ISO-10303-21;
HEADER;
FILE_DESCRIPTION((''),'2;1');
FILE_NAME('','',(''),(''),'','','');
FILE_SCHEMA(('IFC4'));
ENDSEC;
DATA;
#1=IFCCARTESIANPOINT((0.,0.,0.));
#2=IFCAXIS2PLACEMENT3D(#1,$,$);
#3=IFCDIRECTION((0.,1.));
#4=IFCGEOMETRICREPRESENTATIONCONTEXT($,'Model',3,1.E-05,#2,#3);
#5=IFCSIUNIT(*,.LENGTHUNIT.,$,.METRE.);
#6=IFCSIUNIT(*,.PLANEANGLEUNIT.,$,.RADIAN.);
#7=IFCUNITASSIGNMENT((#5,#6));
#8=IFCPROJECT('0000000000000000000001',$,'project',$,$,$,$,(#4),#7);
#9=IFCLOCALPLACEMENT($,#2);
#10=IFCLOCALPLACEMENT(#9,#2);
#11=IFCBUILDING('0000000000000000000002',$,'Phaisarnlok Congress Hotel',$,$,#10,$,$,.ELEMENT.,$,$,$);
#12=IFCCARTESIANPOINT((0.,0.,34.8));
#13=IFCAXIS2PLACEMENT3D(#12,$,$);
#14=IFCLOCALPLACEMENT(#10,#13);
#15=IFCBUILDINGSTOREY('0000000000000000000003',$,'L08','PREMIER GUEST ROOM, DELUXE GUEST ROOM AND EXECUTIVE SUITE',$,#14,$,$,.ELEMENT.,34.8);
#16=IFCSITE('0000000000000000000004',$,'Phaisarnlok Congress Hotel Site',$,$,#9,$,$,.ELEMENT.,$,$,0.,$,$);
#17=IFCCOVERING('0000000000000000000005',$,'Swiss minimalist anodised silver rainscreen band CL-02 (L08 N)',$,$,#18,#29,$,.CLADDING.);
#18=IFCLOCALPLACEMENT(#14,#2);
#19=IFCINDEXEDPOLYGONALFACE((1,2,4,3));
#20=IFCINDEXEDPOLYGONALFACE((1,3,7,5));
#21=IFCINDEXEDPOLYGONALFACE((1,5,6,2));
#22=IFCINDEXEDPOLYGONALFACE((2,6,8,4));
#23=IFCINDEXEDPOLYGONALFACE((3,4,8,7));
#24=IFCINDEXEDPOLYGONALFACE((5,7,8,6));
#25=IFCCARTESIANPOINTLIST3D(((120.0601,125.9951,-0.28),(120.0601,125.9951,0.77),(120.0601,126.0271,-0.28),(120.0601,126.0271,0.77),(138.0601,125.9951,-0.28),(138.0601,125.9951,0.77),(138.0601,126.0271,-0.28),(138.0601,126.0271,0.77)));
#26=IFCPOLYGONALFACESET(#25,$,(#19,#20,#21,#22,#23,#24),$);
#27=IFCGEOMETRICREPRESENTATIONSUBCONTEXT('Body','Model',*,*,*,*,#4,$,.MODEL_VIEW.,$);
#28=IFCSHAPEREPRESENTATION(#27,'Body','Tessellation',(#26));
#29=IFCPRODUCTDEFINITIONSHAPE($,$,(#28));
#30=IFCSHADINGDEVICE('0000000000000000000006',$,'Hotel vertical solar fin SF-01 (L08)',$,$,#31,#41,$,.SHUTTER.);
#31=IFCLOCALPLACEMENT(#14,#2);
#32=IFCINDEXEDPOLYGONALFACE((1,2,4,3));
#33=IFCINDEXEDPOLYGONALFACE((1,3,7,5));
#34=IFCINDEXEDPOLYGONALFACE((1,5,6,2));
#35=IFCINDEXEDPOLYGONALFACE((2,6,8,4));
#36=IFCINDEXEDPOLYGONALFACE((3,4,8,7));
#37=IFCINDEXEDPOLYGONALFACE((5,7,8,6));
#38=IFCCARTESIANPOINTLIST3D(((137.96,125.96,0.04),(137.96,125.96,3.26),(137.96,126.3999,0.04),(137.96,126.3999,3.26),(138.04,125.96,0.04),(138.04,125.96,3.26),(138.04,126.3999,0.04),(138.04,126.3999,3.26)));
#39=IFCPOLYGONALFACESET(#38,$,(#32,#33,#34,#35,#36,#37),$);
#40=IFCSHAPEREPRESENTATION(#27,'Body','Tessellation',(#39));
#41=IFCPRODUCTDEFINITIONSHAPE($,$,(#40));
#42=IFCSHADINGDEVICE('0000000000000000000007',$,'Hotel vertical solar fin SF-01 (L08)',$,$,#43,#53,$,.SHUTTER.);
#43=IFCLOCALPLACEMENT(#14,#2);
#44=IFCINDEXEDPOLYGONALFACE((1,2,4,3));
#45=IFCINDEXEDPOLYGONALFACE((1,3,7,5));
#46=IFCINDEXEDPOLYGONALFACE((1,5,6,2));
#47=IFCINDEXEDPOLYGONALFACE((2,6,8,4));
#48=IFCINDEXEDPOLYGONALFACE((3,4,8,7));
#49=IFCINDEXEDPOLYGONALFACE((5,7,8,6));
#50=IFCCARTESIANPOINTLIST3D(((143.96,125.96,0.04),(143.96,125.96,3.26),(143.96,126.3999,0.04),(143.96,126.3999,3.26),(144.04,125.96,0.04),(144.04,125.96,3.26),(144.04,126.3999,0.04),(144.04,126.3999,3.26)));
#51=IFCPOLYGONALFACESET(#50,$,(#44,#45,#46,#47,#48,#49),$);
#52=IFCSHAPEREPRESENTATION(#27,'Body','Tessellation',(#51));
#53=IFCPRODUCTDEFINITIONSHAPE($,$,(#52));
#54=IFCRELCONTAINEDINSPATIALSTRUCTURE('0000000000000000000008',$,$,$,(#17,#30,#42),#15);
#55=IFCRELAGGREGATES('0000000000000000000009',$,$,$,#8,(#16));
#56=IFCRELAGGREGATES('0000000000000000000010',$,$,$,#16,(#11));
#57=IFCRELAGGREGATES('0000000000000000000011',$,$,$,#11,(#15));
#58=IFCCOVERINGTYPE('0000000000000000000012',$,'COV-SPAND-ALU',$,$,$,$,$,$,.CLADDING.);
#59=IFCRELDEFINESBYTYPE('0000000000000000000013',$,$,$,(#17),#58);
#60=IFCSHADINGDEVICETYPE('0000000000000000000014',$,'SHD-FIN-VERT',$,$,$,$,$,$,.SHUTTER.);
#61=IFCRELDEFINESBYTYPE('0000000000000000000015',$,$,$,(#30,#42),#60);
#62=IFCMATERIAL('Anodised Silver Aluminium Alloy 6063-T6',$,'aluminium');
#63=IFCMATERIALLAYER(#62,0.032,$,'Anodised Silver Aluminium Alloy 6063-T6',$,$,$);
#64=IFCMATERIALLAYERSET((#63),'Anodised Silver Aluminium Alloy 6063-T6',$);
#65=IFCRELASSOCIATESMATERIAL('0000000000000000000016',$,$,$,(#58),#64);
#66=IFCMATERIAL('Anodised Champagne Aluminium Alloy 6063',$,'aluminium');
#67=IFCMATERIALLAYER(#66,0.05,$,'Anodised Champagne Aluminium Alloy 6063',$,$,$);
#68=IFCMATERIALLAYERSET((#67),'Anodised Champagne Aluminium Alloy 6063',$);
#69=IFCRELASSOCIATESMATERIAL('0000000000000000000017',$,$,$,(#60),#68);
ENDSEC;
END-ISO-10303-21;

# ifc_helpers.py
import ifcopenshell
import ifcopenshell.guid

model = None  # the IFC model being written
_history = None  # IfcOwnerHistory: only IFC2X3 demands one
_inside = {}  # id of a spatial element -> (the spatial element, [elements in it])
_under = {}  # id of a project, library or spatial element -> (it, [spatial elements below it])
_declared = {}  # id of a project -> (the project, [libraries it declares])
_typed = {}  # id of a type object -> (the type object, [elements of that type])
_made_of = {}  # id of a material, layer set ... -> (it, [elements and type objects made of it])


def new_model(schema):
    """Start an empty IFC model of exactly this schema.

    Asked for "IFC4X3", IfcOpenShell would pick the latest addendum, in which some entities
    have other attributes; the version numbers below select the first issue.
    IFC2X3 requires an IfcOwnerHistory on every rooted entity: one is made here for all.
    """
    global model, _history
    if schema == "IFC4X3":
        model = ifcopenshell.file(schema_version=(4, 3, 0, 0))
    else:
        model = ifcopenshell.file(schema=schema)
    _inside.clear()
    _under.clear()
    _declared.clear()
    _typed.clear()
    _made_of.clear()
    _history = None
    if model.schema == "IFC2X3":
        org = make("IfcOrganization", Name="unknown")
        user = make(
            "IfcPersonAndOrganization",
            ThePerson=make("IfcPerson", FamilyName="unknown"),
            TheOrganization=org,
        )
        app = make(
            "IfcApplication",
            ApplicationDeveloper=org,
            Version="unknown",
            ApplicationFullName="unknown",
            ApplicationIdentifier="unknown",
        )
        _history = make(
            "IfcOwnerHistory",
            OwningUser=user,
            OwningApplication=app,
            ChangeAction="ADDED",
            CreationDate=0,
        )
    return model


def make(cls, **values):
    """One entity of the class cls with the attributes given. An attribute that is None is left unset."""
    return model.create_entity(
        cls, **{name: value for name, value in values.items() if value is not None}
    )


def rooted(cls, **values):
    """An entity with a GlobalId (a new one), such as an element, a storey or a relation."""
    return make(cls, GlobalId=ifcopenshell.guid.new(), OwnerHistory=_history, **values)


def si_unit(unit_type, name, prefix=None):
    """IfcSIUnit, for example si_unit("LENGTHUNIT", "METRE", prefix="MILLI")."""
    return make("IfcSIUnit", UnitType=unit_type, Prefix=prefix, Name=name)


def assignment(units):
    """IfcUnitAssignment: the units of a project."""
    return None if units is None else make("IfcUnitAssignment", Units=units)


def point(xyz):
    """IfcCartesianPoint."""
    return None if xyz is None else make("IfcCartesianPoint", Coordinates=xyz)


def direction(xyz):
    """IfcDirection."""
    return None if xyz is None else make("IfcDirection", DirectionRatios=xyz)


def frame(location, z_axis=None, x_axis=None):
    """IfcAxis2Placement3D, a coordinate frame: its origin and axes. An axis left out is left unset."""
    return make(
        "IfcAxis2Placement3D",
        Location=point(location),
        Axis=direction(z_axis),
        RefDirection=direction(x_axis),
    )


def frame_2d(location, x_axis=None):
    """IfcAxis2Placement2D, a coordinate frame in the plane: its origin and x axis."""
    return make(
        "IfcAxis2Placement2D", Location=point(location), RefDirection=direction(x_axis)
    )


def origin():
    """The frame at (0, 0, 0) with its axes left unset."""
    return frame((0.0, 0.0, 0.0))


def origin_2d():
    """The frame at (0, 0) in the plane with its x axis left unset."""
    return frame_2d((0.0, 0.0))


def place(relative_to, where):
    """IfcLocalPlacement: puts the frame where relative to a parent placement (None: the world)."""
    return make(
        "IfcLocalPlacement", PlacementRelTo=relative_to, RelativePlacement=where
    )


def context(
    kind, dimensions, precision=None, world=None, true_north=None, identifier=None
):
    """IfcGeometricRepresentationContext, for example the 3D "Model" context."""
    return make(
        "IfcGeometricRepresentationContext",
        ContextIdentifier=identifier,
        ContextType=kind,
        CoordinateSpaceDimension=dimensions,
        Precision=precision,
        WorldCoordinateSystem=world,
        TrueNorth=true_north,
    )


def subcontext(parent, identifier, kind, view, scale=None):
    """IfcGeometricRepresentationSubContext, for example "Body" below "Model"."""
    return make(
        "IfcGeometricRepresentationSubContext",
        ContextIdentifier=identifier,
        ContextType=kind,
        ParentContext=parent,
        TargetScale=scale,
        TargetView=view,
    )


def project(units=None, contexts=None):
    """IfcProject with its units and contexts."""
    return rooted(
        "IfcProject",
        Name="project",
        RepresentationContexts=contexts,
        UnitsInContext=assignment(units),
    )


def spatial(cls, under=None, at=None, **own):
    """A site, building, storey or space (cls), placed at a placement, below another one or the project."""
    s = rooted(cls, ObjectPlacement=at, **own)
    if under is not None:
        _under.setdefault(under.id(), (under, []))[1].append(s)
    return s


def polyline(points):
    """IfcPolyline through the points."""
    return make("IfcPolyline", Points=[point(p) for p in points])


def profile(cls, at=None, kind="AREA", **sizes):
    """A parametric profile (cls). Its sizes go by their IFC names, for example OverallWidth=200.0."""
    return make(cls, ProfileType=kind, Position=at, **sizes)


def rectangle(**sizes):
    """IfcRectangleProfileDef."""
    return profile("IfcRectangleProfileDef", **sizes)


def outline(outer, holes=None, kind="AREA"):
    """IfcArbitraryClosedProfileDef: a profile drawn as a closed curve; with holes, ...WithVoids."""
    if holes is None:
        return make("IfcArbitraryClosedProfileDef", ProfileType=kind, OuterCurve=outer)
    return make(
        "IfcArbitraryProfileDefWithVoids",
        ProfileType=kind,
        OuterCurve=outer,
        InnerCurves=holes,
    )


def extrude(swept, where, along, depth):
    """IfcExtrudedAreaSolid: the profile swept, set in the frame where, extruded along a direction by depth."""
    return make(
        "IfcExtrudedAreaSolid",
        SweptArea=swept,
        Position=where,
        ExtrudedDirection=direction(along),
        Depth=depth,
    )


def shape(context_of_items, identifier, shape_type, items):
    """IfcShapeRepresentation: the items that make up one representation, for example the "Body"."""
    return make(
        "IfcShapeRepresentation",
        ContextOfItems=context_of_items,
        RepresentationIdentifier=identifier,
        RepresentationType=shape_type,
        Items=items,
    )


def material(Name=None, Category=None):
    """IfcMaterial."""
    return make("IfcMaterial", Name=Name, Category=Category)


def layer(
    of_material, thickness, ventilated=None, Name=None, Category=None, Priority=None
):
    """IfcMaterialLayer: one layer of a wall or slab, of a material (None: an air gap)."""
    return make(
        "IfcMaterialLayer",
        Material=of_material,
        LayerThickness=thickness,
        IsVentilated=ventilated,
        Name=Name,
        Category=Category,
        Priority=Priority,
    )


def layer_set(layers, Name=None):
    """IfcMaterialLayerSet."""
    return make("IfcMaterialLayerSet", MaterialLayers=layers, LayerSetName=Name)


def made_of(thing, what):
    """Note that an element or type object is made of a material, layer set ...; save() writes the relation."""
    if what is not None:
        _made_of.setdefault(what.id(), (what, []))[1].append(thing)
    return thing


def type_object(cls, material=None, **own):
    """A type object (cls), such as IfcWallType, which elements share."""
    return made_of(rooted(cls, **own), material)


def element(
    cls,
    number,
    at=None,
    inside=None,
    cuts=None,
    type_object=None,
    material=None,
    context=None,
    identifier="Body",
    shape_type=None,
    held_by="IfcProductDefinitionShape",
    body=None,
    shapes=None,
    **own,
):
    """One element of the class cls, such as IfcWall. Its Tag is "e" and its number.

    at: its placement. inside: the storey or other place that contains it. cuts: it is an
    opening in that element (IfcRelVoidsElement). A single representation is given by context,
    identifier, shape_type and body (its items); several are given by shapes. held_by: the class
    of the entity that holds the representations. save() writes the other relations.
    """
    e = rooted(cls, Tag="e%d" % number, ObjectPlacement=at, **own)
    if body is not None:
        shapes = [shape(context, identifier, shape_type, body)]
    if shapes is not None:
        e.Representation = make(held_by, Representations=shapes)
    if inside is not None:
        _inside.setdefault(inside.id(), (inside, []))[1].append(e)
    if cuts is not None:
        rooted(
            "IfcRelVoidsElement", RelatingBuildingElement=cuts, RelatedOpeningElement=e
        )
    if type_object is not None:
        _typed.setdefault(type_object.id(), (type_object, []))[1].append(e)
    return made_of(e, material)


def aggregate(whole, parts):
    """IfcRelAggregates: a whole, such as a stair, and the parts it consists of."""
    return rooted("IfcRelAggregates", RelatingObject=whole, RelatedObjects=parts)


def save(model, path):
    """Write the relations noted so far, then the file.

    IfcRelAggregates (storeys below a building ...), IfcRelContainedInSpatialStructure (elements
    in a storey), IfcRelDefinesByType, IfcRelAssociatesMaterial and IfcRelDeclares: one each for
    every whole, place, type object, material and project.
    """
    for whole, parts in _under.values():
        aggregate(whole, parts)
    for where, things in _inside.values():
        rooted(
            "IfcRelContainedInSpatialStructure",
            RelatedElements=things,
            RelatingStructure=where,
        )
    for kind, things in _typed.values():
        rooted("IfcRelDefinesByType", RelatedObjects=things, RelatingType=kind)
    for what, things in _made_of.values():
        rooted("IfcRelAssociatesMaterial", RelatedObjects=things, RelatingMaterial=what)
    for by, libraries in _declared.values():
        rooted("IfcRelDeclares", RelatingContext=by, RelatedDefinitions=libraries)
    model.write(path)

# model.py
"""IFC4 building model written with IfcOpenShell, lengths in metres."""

from ifc_helpers import new_model, si_unit, direction, frame, origin, origin_2d, place, context, subcontext, project, spatial, polyline, rectangle, outline, extrude, material, layer, layer_set, type_object, element, save


model = new_model("IFC4")

# Units and contexts
model_context = context("Model", 3, precision=1e-05, world=origin(), true_north=direction((0.0, 1.0)))
body_context = subcontext(model_context, "Body", "Model", "MODEL_VIEW")
ifc_project = project(units=[si_unit("LENGTHUNIT", "METRE"), si_unit("PLANEANGLEUNIT", "RADIAN")], contexts=[model_context])

# Site, building, storey
site_placement = place(None, origin())
site = spatial("IfcSite", under=ifc_project, at=site_placement, Name="Phaisarnlok Congress Hotel Site", CompositionType="ELEMENT", RefElevation=0.0)
building_placement = place(site_placement, origin())
building = spatial("IfcBuilding", under=site, at=building_placement, Name="Phaisarnlok Congress Hotel", CompositionType="ELEMENT")
storey_placement = place(building_placement, frame((0.0, 0.0, 34.8)))
storey = spatial("IfcBuildingStorey", under=building, at=storey_placement, Name="L08", Description="PREMIER GUEST ROOM, DELUXE GUEST ROOM AND EXECUTIVE SUITE", CompositionType="ELEMENT", Elevation=34.8)

# Covering
ifc_material_1 = material(Name="Anodised Silver Aluminium Alloy 6063-T6", Category="aluminium")
ifc_layer_1 = layer(ifc_material_1, 0.032, Name="Anodised Silver Aluminium Alloy 6063-T6")
ifc_layer_set_1 = layer_set([ifc_layer_1], Name="Anodised Silver Aluminium Alloy 6063-T6")
covering_type = type_object("IfcCoveringType", Name="COV-SPAND-ALU", PredefinedType="CLADDING", material=ifc_layer_set_1)
covering_placement = place(storey_placement, frame((138.0601, 125.9951, -0.28), z_axis=(0.0, 1.0, 0.0), x_axis=(-1.0, 0.0, 0.0)))
element("IfcCovering", 1, at=covering_placement, inside=storey, type_object=covering_type, Name="Swiss minimalist anodised silver rainscreen band CL-02 (L08 N)", PredefinedType="CLADDING", context=body_context, shape_type="SweptSolid", body=[
    extrude(outline(polyline([(0.0, 0.0), (18.0, 0.0), (18.0, 1.05), (0.0, 1.05), (0.0, 0.0)])), origin(), (0.0, 0.0, 1.0), 0.032),
])

# Shading devices
ifc_material_2 = material(Name="Anodised Champagne Aluminium Alloy 6063", Category="aluminium")
ifc_layer_2 = layer(ifc_material_2, 0.05, Name="Anodised Champagne Aluminium Alloy 6063")
ifc_layer_set_2 = layer_set([ifc_layer_2], Name="Anodised Champagne Aluminium Alloy 6063")
shading_device_type = type_object("IfcShadingDeviceType", Name="SHD-FIN-VERT", PredefinedType="SHUTTER", material=ifc_layer_set_2)
for number, where, z_axis, x_axis, name in (
    (2, (138.0, 126.1799, 0.04), (0.0, 0.0, 1.0), (1.0, 0.0, 0.0), "Hotel vertical solar fin SF-01 (L08)"),
    (3, (144.0, 126.1799, 0.04), (0.0, 0.0, 1.0), (1.0, 0.0, 0.0), "Hotel vertical solar fin SF-01 (L08)"),
):
    element("IfcShadingDevice", number, at=place(storey_placement, frame(where, z_axis=z_axis, x_axis=x_axis)), inside=storey, type_object=shading_device_type, Name=name, PredefinedType="SHUTTER", context=body_context, shape_type="SweptSolid", body=[
        extrude(rectangle(XDim=0.0801, YDim=0.4399, at=origin_2d()), origin(), (0.0, 0.0, 1.0), 3.22),
    ])

save(model, "model.ifc")
